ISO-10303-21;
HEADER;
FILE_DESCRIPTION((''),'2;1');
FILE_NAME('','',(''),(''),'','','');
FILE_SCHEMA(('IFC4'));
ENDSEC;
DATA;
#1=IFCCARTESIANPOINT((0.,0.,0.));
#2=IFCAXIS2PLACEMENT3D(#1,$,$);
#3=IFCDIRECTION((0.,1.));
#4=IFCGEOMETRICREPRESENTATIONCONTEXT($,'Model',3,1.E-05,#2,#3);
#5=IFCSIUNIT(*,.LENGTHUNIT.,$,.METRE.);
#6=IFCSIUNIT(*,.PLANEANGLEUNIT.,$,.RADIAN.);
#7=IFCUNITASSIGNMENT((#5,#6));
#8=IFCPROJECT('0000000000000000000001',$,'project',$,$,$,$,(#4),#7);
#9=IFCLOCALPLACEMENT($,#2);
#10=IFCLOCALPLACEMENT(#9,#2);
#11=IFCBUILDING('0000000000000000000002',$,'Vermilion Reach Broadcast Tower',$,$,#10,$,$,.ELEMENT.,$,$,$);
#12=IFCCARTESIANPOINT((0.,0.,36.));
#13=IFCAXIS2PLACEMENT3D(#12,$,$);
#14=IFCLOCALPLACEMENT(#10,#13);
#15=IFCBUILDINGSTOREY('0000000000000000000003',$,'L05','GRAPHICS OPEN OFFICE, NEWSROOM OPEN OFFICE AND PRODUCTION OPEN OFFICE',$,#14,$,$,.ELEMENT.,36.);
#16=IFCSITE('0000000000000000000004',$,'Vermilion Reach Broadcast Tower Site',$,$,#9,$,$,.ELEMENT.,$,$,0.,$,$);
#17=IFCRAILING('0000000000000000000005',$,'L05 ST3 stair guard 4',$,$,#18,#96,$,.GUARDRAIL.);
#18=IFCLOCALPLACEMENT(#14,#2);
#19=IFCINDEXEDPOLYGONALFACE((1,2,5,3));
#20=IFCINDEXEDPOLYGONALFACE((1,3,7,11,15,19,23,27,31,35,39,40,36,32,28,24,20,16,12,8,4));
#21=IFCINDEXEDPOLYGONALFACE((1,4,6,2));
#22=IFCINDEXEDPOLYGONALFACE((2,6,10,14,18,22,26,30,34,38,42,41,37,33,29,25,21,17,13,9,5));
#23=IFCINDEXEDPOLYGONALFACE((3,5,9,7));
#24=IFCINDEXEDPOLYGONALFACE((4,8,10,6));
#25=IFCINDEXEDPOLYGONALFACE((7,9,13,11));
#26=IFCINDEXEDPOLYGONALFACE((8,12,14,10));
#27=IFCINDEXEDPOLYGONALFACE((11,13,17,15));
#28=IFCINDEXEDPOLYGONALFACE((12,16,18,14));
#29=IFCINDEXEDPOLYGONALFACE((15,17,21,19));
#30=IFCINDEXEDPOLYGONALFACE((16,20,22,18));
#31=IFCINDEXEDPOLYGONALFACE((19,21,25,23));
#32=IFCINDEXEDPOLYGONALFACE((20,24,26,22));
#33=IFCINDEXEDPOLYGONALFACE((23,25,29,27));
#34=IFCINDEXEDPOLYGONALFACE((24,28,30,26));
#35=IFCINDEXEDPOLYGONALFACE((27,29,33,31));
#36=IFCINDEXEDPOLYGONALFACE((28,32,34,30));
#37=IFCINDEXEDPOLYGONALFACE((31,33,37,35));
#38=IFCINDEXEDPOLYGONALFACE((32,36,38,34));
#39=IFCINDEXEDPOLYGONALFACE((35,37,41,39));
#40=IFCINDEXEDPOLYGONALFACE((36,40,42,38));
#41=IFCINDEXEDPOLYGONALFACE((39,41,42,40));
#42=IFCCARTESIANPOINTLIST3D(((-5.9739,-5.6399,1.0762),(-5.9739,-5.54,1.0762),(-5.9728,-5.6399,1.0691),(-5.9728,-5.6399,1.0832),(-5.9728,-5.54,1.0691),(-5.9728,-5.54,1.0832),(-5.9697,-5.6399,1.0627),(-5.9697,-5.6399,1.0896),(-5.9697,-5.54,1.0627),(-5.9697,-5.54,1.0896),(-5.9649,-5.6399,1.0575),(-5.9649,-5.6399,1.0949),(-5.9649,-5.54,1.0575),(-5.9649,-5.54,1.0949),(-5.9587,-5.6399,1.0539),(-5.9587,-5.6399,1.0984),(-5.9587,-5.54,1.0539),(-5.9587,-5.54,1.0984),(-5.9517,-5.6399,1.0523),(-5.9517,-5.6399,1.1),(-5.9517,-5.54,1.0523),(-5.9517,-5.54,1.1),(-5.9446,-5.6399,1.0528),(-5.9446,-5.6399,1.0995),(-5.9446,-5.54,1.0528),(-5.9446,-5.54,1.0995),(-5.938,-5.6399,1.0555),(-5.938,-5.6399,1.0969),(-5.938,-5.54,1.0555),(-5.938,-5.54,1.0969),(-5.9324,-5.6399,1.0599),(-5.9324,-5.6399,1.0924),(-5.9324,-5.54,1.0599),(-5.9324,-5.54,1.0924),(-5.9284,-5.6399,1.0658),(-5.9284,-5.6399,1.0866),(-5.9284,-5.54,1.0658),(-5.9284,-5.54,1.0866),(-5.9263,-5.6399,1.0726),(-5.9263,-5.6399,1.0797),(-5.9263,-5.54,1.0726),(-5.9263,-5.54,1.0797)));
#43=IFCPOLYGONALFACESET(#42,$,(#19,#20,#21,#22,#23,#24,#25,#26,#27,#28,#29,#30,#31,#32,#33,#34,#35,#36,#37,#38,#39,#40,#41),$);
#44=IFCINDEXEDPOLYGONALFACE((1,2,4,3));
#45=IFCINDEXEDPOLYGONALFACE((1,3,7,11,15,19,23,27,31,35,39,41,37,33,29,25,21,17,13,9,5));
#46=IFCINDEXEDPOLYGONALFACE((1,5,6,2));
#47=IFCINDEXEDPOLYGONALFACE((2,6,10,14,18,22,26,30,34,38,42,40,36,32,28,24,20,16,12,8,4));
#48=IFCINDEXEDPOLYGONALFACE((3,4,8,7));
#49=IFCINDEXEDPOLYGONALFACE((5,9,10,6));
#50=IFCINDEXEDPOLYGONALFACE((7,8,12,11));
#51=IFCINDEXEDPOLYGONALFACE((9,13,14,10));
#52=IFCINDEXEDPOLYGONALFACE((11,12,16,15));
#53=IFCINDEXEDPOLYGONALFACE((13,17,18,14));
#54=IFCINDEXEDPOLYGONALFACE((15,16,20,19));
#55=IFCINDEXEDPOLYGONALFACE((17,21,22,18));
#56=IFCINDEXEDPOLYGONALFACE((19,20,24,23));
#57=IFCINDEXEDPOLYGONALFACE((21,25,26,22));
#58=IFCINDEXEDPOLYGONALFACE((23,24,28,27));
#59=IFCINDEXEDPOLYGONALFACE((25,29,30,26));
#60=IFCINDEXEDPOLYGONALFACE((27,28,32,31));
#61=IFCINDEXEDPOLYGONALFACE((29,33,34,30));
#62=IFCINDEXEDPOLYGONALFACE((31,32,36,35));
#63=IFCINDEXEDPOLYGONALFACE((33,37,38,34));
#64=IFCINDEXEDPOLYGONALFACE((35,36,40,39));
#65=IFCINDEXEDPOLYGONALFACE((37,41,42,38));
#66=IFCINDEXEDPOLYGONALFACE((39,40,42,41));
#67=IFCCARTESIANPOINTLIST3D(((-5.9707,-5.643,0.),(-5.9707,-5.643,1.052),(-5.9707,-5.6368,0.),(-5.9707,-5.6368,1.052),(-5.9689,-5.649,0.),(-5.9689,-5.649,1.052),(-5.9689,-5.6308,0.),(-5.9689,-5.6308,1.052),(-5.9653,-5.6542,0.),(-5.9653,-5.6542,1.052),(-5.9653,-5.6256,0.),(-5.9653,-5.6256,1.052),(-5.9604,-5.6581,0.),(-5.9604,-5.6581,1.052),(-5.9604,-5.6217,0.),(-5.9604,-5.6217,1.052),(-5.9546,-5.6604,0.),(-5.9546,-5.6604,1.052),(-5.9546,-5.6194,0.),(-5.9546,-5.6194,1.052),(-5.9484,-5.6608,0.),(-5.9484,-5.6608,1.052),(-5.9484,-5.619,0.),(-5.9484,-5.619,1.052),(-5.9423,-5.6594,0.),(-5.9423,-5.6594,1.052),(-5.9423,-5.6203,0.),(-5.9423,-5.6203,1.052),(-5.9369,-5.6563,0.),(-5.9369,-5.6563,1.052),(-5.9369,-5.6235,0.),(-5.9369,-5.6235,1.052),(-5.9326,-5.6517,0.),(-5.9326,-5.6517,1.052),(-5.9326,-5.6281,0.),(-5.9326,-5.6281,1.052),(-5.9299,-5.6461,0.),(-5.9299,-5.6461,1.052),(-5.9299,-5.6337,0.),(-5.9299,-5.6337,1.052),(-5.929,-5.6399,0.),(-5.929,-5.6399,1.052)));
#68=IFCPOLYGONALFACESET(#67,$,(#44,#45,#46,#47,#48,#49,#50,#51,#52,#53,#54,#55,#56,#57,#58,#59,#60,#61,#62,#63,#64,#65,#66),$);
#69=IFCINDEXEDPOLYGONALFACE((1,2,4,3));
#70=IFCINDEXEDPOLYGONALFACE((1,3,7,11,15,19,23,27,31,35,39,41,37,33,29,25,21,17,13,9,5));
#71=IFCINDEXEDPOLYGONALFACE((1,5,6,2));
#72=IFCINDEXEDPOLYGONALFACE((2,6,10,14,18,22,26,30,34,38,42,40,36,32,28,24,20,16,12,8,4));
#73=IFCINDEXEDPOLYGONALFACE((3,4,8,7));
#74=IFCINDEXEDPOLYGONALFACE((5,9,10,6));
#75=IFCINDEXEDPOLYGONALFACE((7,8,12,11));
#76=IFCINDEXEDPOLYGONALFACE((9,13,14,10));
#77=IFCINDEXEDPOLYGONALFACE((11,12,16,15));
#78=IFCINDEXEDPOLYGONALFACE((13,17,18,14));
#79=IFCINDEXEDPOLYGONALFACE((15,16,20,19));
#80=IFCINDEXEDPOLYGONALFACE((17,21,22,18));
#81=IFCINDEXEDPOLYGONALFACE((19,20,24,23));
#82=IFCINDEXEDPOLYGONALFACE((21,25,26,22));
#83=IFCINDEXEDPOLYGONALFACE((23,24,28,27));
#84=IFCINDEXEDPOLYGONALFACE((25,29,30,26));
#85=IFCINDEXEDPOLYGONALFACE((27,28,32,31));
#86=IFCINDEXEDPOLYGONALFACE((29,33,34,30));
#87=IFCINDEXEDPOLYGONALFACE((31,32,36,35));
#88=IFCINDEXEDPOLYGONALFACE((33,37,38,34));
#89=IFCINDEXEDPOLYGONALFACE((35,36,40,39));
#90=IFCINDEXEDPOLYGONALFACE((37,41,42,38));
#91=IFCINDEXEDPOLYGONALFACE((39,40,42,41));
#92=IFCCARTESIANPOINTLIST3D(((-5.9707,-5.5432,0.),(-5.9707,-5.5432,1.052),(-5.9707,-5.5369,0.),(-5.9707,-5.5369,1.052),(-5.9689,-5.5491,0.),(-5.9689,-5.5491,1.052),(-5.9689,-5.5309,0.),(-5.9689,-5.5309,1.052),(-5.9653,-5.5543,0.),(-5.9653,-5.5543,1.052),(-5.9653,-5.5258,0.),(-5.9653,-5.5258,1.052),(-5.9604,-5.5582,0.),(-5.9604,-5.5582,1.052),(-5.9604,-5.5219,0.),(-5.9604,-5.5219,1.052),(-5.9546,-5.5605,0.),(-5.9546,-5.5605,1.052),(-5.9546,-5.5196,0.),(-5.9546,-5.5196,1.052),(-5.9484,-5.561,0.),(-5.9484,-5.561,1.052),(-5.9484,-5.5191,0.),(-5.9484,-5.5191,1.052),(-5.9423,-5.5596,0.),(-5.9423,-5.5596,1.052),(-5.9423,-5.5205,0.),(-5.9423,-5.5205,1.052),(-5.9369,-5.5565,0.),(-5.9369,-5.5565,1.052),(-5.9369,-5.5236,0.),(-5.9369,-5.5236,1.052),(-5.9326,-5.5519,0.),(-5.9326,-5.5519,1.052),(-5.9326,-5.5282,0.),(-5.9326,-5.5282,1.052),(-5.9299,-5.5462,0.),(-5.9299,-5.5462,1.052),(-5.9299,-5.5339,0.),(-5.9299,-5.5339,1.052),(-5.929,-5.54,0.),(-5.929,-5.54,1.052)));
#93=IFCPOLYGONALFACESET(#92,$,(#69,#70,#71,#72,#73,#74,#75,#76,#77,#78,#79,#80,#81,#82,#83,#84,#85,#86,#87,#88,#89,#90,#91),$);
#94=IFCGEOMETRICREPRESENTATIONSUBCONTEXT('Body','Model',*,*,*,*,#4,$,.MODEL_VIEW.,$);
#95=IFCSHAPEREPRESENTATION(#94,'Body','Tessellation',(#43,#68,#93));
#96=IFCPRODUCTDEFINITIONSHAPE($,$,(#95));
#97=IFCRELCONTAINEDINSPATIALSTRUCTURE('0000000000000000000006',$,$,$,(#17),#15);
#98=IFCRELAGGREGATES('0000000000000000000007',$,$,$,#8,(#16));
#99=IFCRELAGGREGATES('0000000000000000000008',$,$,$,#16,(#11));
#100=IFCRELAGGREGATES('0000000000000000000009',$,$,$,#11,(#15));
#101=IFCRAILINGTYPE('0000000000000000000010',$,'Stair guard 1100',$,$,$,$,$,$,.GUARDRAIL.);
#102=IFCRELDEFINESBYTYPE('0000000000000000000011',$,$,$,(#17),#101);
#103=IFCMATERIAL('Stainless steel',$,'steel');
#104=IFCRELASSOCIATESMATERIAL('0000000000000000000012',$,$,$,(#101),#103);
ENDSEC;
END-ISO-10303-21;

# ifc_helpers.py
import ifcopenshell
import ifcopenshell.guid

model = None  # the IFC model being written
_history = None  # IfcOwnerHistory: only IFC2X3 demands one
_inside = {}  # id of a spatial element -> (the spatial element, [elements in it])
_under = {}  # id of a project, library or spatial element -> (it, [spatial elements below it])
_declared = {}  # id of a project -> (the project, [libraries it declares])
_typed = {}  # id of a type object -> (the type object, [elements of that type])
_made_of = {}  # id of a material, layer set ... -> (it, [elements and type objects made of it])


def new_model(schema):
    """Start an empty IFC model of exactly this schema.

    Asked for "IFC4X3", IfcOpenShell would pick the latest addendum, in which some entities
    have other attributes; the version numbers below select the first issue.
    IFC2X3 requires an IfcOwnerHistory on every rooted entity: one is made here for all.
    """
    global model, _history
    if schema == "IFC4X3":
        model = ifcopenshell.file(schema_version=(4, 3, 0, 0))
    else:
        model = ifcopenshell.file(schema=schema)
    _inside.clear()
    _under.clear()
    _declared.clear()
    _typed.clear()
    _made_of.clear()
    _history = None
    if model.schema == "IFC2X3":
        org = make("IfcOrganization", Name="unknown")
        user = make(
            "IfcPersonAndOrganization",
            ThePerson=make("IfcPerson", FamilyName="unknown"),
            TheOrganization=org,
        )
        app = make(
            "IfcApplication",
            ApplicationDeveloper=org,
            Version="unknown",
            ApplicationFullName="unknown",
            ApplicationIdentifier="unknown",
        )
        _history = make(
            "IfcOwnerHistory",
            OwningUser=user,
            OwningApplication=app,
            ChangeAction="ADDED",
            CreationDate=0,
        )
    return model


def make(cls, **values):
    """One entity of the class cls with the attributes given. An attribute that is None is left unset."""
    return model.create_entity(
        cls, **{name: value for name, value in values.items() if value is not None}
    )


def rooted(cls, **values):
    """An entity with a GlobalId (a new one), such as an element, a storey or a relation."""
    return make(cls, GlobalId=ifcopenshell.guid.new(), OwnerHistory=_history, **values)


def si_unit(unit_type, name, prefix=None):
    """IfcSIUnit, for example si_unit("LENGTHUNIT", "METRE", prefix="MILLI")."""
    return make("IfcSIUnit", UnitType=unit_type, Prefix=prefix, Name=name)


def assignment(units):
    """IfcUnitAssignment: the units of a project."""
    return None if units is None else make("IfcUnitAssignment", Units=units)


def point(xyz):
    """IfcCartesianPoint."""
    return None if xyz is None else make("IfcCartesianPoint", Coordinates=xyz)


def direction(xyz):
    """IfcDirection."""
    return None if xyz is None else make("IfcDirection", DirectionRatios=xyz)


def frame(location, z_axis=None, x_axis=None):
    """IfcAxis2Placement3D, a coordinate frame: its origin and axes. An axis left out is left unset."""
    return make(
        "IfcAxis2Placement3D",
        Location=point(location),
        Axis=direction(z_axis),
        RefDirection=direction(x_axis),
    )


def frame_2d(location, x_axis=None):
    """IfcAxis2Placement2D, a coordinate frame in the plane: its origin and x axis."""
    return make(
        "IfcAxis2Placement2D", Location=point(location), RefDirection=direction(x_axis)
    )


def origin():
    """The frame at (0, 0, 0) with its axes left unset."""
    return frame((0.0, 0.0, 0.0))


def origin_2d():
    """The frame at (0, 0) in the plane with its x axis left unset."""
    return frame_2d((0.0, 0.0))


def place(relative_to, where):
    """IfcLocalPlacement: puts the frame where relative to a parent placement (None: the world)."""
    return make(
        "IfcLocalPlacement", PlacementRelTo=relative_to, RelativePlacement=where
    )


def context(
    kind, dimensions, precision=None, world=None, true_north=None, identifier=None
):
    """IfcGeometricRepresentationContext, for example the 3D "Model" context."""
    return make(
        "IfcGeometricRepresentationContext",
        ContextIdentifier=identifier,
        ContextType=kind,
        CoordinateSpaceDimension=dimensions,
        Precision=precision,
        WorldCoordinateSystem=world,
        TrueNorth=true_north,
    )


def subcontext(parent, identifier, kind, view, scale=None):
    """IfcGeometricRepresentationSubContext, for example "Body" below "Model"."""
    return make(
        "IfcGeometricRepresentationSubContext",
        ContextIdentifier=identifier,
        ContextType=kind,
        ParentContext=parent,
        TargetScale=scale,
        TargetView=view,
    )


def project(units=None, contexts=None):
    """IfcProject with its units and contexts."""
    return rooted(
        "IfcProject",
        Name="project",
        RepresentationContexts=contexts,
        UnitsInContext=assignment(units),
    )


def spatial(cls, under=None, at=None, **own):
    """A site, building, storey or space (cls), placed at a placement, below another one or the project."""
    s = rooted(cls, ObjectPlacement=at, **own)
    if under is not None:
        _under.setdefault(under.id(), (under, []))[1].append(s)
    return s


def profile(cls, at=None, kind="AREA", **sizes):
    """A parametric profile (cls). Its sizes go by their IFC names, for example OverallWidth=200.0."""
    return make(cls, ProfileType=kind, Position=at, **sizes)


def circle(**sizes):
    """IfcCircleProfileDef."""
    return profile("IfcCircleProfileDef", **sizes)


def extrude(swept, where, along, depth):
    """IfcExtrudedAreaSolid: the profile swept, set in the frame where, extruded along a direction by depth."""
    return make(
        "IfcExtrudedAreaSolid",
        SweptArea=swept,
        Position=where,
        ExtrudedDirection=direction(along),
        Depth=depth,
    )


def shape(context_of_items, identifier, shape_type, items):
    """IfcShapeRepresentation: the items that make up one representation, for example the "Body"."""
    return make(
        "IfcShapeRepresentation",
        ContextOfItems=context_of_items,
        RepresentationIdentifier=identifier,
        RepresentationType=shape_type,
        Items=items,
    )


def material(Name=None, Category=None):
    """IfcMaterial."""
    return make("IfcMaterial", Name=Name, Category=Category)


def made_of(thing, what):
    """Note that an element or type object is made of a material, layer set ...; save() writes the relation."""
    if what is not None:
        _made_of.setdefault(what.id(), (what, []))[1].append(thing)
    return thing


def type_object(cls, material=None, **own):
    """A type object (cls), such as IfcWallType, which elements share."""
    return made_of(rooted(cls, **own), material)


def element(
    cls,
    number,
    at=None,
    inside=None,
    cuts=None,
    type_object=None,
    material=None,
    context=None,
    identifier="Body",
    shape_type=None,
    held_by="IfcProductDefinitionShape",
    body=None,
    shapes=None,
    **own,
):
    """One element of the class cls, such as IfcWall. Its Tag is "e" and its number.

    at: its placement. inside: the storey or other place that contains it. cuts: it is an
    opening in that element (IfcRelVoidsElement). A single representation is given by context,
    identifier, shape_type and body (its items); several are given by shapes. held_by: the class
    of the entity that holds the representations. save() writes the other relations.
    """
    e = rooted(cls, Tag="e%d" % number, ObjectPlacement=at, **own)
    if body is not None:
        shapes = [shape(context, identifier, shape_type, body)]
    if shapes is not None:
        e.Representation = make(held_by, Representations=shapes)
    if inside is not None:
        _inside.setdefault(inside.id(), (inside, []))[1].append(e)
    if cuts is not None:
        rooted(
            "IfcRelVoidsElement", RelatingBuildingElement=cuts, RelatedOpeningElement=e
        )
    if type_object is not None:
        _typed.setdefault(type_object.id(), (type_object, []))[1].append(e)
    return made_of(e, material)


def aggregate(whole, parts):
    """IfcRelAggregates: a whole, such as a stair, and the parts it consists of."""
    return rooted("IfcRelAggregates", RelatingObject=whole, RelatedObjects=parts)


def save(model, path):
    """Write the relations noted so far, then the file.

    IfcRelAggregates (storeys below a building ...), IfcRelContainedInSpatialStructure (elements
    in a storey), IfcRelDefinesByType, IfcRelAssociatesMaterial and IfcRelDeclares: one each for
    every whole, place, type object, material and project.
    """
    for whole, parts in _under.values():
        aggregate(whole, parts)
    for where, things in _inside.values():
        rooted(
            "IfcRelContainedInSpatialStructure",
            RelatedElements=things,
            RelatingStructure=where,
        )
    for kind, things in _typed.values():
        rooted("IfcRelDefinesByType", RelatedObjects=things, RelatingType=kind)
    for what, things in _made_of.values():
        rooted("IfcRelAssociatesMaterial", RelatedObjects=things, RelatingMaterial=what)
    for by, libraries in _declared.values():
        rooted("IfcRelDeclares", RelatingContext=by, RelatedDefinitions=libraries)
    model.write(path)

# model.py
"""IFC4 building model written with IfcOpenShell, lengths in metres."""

from ifc_helpers import new_model, si_unit, direction, frame, origin, origin_2d, place, context, subcontext, project, spatial, circle, extrude, material, type_object, element, save


model = new_model("IFC4")

# Units and contexts
model_context = context("Model", 3, precision=1e-05, world=origin(), true_north=direction((0.0, 1.0)))
body_context = subcontext(model_context, "Body", "Model", "MODEL_VIEW")
ifc_project = project(units=[si_unit("LENGTHUNIT", "METRE"), si_unit("PLANEANGLEUNIT", "RADIAN")], contexts=[model_context])

# Site, building, storey
site_placement = place(None, origin())
site = spatial("IfcSite", under=ifc_project, at=site_placement, Name="Vermilion Reach Broadcast Tower Site", CompositionType="ELEMENT", RefElevation=0.0)
building_placement = place(site_placement, origin())
building = spatial("IfcBuilding", under=site, at=building_placement, Name="Vermilion Reach Broadcast Tower", CompositionType="ELEMENT")
storey_placement = place(building_placement, frame((0.0, 0.0, 36.0)))
storey = spatial("IfcBuildingStorey", under=building, at=storey_placement, Name="L05", Description="GRAPHICS OPEN OFFICE, NEWSROOM OPEN OFFICE AND PRODUCTION OPEN OFFICE", CompositionType="ELEMENT", Elevation=36.0)

# Railing
ifc_material_1 = material(Name="Stainless steel", Category="steel")
railing_type_1 = type_object("IfcRailingType", Name="Stair guard 1100", PredefinedType="GUARDRAIL", material=ifc_material_1)
railing_1_placement = place(storey_placement, frame((-5.95, -5.6399, 0.0)))
element("IfcRailing", 1, at=railing_1_placement, inside=storey, type_object=railing_type_1, Name="L05 ST3 stair guard 4", PredefinedType="GUARDRAIL", context=body_context, shape_type="SweptSolid", body=[
    extrude(circle(Radius=0.0239, at=origin_2d()), frame((0.0, 0.0, 1.0762), z_axis=(0.0, 1.0, 0.0), x_axis=(-1.0, 0.0, 0.0)), (0.0, 0.0, 1.0), 0.0999),
    extrude(circle(Radius=0.021, at=origin_2d()), origin(), (0.0, 0.0, 1.0), 1.052),
    extrude(circle(Radius=0.021, at=origin_2d()), frame((0.0, 0.0999, 0.0)), (0.0, 0.0, 1.0), 1.052),
])

save(model, "model.ifc")
